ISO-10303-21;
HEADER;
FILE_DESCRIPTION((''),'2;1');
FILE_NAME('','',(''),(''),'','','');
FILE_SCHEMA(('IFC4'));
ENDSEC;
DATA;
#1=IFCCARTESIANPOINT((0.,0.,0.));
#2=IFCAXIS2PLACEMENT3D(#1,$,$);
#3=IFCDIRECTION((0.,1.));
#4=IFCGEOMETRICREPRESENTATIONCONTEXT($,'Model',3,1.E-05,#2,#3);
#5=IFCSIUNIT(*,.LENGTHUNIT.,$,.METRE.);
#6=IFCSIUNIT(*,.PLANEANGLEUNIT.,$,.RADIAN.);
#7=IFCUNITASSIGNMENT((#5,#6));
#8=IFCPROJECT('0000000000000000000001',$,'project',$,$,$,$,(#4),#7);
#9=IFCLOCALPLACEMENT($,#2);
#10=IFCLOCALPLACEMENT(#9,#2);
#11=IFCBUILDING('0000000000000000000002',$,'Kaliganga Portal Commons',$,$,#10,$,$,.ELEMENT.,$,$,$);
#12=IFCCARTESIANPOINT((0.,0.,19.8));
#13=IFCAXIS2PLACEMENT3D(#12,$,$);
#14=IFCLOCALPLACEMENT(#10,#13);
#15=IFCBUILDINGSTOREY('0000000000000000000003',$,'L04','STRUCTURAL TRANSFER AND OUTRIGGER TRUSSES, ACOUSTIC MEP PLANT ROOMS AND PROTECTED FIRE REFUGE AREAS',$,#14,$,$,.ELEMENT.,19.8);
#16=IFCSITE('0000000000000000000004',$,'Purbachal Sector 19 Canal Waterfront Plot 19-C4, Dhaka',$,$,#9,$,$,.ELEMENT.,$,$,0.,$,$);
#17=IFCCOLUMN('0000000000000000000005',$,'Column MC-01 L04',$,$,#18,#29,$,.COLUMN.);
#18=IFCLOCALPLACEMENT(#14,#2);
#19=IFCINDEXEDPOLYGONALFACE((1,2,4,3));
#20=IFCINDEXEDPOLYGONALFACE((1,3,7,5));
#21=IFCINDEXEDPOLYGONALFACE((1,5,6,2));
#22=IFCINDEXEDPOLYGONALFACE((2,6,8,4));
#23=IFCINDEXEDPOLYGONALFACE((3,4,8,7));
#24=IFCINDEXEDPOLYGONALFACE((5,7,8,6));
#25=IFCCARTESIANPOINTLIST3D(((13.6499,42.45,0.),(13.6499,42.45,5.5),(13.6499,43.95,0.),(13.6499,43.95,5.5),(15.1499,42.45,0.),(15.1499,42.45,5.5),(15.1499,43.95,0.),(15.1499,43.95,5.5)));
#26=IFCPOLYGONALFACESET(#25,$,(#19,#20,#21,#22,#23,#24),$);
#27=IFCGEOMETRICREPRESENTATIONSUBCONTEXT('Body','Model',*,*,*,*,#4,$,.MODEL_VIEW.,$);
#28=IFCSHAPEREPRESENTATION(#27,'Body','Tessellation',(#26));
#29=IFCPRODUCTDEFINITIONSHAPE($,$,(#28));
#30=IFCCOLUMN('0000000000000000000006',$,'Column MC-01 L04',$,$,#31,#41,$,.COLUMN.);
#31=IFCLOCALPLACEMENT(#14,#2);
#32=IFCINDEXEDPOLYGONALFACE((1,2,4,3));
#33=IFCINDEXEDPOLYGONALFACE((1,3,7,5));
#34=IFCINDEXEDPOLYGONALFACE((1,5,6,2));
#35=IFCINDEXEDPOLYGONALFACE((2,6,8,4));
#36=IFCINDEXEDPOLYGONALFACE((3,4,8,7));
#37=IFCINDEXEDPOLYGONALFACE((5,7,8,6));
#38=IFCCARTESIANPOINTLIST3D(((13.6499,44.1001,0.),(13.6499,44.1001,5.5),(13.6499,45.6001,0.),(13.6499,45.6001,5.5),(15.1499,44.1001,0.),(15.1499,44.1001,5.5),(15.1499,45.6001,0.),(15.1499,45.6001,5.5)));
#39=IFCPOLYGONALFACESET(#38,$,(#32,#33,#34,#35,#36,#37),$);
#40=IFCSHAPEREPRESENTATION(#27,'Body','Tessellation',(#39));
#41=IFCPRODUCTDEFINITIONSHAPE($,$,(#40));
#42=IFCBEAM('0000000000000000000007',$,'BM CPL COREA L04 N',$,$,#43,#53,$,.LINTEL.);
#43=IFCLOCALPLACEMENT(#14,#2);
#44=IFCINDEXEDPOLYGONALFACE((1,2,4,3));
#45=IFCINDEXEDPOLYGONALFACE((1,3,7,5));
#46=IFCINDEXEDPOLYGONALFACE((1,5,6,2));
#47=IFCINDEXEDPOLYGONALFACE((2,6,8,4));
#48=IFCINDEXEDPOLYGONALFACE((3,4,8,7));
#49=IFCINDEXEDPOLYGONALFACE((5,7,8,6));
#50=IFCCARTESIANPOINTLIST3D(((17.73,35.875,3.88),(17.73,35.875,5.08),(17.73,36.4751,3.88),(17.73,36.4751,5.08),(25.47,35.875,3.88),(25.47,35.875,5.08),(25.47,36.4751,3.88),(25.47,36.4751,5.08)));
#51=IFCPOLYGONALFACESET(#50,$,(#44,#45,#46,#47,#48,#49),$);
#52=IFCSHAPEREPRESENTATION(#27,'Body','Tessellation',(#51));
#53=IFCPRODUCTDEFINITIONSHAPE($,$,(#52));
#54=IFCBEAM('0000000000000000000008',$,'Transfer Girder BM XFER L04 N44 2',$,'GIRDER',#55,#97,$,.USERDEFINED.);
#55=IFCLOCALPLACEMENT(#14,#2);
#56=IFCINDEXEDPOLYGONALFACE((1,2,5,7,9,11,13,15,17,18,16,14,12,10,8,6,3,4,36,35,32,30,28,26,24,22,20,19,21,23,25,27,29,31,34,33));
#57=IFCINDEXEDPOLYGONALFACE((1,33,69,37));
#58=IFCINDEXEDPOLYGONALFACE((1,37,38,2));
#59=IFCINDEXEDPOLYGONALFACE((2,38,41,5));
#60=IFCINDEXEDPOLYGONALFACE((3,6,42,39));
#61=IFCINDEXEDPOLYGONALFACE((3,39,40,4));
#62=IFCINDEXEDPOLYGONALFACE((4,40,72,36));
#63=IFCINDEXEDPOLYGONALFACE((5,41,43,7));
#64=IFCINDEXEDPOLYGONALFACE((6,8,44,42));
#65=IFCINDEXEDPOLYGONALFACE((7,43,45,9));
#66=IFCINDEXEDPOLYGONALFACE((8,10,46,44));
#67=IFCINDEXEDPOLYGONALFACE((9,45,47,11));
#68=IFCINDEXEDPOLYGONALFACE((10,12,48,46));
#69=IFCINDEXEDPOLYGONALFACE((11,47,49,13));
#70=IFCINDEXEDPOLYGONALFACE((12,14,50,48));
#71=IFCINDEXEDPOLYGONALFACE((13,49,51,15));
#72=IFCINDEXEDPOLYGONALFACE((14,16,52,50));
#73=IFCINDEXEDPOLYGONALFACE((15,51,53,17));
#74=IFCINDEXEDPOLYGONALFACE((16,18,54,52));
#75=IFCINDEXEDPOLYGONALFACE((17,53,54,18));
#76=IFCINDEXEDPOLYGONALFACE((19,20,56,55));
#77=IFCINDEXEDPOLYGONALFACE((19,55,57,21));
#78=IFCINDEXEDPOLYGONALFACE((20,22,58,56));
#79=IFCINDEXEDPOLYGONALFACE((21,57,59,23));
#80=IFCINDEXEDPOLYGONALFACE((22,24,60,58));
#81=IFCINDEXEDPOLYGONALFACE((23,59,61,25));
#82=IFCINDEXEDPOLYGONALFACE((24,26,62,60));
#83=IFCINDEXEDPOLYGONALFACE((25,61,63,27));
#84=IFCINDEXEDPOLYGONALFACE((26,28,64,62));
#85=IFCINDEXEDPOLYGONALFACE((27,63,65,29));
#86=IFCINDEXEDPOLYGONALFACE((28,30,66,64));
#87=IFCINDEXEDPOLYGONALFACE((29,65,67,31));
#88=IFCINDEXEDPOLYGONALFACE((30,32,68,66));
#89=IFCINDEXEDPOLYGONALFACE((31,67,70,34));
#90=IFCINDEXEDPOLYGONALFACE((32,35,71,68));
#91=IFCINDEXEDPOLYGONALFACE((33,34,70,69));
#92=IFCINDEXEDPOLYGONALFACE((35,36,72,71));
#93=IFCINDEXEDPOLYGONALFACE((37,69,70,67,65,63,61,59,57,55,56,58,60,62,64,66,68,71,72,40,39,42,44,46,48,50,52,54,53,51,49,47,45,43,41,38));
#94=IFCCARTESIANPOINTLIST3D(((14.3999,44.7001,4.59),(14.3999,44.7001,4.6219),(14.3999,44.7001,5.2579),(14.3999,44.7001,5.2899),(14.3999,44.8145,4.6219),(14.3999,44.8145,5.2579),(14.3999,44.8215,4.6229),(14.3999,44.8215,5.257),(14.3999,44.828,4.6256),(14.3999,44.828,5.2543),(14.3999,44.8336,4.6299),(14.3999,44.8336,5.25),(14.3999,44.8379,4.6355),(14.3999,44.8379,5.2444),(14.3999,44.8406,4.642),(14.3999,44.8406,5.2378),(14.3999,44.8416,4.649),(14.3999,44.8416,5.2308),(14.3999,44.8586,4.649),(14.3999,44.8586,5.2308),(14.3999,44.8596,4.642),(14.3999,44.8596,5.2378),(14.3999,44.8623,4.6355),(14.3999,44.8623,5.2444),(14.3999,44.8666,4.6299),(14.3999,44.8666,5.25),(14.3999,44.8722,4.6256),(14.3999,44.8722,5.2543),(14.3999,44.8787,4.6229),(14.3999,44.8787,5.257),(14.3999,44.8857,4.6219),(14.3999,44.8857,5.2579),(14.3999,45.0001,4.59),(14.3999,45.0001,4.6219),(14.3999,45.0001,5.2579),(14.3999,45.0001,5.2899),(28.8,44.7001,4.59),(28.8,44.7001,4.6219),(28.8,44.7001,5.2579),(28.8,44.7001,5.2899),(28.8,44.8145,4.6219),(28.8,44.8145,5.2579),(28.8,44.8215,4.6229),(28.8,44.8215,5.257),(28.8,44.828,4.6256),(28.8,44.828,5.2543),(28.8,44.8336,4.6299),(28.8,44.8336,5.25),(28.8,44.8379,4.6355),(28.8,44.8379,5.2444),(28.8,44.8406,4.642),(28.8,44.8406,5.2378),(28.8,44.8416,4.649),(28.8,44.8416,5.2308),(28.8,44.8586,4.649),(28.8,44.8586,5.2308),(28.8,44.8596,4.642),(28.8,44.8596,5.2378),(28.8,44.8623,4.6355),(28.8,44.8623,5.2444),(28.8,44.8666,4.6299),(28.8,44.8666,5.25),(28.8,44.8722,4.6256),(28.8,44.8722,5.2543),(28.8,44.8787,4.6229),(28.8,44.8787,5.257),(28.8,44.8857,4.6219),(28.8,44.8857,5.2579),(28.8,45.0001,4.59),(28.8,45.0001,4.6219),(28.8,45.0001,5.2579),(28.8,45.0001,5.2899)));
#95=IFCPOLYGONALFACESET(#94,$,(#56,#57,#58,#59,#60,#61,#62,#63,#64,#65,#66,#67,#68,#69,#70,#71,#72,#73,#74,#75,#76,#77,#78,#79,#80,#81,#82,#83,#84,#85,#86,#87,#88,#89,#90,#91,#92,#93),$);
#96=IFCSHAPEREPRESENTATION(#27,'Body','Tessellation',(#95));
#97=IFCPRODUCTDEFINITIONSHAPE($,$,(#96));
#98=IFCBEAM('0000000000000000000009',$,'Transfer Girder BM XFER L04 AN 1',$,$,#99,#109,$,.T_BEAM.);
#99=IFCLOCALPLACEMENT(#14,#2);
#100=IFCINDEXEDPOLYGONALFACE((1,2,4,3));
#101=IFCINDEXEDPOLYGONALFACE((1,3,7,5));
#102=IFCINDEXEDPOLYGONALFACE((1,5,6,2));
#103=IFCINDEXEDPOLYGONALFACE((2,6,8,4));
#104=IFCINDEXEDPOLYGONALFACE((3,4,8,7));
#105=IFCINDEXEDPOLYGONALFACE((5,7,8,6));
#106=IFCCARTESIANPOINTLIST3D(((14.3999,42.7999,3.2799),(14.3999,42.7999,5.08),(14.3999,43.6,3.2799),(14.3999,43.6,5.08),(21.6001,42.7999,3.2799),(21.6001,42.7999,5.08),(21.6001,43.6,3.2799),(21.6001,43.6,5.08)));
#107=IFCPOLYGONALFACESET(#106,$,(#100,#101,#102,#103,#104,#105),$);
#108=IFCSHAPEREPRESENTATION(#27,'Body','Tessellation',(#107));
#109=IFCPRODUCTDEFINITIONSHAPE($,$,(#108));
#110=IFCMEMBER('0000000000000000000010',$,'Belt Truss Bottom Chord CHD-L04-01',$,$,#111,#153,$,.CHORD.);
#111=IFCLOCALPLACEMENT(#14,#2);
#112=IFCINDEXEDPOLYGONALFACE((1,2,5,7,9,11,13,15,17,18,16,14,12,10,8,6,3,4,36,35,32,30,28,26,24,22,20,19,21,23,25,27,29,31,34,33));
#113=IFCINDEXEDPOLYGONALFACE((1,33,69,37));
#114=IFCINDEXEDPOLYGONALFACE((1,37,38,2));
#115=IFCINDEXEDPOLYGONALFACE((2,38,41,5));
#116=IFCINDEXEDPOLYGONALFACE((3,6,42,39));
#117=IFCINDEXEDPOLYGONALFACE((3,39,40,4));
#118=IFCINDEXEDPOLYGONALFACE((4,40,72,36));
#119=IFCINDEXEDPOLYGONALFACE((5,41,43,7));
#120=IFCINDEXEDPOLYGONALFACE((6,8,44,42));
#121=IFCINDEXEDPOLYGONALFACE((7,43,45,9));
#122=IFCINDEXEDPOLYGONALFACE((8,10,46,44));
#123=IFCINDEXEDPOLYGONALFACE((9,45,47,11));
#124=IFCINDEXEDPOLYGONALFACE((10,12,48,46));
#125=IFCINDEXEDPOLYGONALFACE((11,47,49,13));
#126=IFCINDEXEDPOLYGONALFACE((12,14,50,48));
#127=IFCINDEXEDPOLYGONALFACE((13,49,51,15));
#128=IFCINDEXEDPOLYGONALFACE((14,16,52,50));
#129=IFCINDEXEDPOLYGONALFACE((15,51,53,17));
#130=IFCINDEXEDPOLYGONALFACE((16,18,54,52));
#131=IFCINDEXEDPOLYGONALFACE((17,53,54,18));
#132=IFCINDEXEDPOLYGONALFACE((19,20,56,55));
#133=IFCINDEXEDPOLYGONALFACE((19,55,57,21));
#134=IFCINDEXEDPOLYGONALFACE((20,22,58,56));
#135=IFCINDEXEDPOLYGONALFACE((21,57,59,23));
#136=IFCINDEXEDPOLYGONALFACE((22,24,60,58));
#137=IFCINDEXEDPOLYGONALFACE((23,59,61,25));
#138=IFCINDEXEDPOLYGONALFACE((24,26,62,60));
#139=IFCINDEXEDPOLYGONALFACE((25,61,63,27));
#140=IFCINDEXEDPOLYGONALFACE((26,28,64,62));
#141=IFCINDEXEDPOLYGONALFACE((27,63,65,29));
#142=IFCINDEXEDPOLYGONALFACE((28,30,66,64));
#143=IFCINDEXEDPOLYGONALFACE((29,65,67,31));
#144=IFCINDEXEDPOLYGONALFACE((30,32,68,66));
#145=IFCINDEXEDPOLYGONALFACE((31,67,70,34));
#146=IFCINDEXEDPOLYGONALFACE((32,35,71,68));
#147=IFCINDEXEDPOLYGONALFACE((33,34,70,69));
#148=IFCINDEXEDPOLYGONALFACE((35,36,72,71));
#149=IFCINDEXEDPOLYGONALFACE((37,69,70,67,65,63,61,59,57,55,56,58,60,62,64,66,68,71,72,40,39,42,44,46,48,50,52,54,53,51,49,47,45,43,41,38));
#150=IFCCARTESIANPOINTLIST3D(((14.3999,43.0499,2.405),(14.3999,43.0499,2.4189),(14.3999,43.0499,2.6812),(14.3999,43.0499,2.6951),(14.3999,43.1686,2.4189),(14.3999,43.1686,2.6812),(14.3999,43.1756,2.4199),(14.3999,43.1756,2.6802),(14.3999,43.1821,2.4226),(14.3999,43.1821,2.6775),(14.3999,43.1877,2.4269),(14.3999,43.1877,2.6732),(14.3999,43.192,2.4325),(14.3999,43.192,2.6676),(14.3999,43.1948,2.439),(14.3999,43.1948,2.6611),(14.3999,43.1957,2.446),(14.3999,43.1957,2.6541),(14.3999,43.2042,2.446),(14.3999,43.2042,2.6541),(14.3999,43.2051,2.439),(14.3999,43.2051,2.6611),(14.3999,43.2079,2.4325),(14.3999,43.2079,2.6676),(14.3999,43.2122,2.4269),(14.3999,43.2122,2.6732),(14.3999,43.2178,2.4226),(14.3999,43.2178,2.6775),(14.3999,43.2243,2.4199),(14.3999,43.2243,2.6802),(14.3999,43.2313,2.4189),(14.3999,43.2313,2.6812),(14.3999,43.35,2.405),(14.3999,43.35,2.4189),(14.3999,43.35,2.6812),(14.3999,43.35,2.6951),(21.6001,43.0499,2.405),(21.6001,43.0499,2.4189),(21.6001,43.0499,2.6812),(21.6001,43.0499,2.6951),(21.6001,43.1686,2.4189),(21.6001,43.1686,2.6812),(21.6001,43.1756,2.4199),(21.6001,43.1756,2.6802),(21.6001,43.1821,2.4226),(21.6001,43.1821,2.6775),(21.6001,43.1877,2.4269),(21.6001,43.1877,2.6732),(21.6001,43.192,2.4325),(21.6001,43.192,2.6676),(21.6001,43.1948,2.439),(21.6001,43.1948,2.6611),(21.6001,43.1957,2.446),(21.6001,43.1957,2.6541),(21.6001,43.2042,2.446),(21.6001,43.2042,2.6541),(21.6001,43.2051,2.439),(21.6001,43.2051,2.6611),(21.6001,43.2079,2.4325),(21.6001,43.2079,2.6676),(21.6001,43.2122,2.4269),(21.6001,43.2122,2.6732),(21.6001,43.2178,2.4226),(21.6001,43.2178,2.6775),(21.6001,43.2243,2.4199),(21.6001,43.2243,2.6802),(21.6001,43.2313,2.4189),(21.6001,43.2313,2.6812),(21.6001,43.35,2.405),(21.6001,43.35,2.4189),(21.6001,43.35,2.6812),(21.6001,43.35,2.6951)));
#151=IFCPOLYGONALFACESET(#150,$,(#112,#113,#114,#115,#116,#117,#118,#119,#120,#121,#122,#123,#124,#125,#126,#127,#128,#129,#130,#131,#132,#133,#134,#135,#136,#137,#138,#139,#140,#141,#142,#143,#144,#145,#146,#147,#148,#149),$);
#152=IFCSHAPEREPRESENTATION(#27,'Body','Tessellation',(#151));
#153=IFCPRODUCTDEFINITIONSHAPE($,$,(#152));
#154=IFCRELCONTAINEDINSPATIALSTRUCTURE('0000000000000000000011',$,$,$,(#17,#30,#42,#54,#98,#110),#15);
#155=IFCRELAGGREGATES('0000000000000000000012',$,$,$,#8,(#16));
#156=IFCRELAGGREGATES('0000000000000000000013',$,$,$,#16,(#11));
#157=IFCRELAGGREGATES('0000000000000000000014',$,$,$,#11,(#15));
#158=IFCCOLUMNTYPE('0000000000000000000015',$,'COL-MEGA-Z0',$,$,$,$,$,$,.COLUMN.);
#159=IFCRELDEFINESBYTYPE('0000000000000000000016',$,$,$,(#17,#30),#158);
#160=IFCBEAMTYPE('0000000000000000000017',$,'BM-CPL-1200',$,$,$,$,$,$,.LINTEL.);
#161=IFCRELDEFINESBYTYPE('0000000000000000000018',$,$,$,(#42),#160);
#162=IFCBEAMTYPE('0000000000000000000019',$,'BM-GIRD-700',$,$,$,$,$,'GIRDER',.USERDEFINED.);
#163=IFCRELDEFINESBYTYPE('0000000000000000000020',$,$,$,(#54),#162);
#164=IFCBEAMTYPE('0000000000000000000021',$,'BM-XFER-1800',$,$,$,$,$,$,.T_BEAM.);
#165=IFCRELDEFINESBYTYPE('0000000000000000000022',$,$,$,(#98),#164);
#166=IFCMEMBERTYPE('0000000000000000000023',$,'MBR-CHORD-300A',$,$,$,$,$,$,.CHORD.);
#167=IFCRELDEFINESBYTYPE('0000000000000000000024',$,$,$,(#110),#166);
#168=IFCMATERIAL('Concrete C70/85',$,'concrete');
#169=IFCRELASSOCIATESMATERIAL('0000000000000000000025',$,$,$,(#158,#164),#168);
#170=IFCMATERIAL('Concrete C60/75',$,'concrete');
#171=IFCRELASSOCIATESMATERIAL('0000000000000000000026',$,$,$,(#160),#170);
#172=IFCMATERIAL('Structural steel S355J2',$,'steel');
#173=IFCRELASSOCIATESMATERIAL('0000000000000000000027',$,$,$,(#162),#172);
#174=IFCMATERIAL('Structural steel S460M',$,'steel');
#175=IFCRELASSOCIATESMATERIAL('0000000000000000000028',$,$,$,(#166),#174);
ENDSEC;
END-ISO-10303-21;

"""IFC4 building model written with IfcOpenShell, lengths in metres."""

from ifc_helpers import new_model, si_unit, direction, frame, origin, origin_2d, place, context, subcontext, project, spatial, rectangle, i_section, extrude, source, transform, mapped, material, material_profile, profile_set, type_object, element, save


model = new_model("IFC4")

# Units and contexts
model_context = context("Model", 3, precision=1e-05, world=origin(), true_north=direction((0.0, 1.0)))
body_context = subcontext(model_context, "Body", "Model", "MODEL_VIEW")
ifc_project = project(units=[si_unit("LENGTHUNIT", "METRE"), si_unit("PLANEANGLEUNIT", "RADIAN")], contexts=[model_context])

# Site, building, storey
site_placement = place(None, origin())
site = spatial("IfcSite", under=ifc_project, at=site_placement, Name="Purbachal Sector 19 Canal Waterfront Plot 19-C4, Dhaka", CompositionType="ELEMENT", RefElevation=0.0)
building_placement = place(site_placement, origin())
building = spatial("IfcBuilding", under=site, at=building_placement, Name="Kaliganga Portal Commons", CompositionType="ELEMENT")
storey_placement = place(building_placement, frame((0.0, 0.0, 19.8)))
storey = spatial("IfcBuildingStorey", under=building, at=storey_placement, Name="L04", Description="STRUCTURAL TRANSFER AND OUTRIGGER TRUSSES, ACOUSTIC MEP PLANT ROOMS AND PROTECTED FIRE REFUGE AREAS", CompositionType="ELEMENT", Elevation=19.8)

# Columns
ifc_material_1 = material(Name="Concrete C70/85", Category="concrete")
ifc_material_profile_1 = material_profile(ifc_material_1, rectangle(XDim=1.5, YDim=1.5, at=origin_2d()), Name="RC 1500x1500")
ifc_profile_set_1 = profile_set([ifc_material_profile_1], Name="Concrete C70/85")
column_type = type_object("IfcColumnType", Name="COL-MEGA-Z0", PredefinedType="COLUMN", material=ifc_profile_set_1)
shared_shape_1 = source(origin(), body_context, "Body", "SweptSolid", [
    extrude(rectangle(XDim=1.5, YDim=1.5, at=origin_2d()), origin(), (0.0, 0.0, 1.0), 5.5),
])
for number, where, z_axis, x_axis, name in (
    (1, (14.3999, 43.2, 0.0), (0.0, 0.0, 1.0), (1.0, 0.0, 0.0), "Column MC-01 L04"),
    (2, (14.3999, 44.8501, 0.0), (0.0, 0.0, 1.0), (1.0, 0.0, 0.0), "Column MC-01 L04"),
):
    element("IfcColumn", number, at=place(storey_placement, frame(where, z_axis=z_axis, x_axis=x_axis)), inside=storey, type_object=column_type, Name=name, PredefinedType="COLUMN", context=body_context, shape_type="MappedRepresentation", body=[
        mapped(shared_shape_1, transform((0.0, 0.0, 0.0), x_axis=(1.0, 0.0, 0.0), y_axis=(0.0, 1.0, 0.0), z_axis=(0.0, 0.0, 1.0), scale=1.0)),
    ])

# Beams
ifc_material_2 = material(Name="Concrete C60/75", Category="concrete")
ifc_material_profile_2 = material_profile(ifc_material_2, rectangle(XDim=0.6001, YDim=1.2, at=origin_2d()), Name="RC 600x1200")
ifc_profile_set_2 = profile_set([ifc_material_profile_2], Name="Concrete C60/75")
beam_type_1 = type_object("IfcBeamType", Name="BM-CPL-1200", PredefinedType="LINTEL", material=ifc_profile_set_2)
shared_shape_2 = source(origin(), body_context, "Body", "SweptSolid", [
    extrude(rectangle(XDim=0.6001, YDim=1.2, at=origin_2d()), origin(), (0.0, 0.0, 1.0), 7.74),
])
beam_1_placement = place(storey_placement, frame((17.73, 36.175, 4.48), z_axis=(1.0, 0.0, 0.0), x_axis=(0.0, 1.0, 0.0)))
element("IfcBeam", 3, at=beam_1_placement, inside=storey, type_object=beam_type_1, Name="BM CPL COREA L04 N", PredefinedType="LINTEL", context=body_context, shape_type="MappedRepresentation", body=[
    mapped(shared_shape_2, transform((0.0, 0.0, 0.0), x_axis=(1.0, 0.0, 0.0), y_axis=(0.0, 1.0, 0.0), z_axis=(0.0, 0.0, 1.0), scale=1.0)),
])
ifc_material_3 = material(Name="Structural steel S355J2", Category="steel")
ifc_material_profile_3 = material_profile(ifc_material_3, i_section(OverallWidth=0.3, OverallDepth=0.7, WebThickness=0.0171, FlangeThickness=0.032, FilletRadius=0.0271, at=origin_2d()), Name="HE 700 B")
ifc_profile_set_3 = profile_set([ifc_material_profile_3], Name="Structural steel S355J2 wide-flange")
beam_type_2 = type_object("IfcBeamType", Name="BM-GIRD-700", ElementType="GIRDER", PredefinedType="USERDEFINED", material=ifc_profile_set_3)
shared_shape_3 = source(origin(), body_context, "Body", "SweptSolid", [
    extrude(i_section(OverallWidth=0.3, OverallDepth=0.7, WebThickness=0.0171, FlangeThickness=0.032, FilletRadius=0.0271, at=origin_2d()), origin(), (0.0, 0.0, 1.0), 14.4001),
])
beam_2_placement = place(storey_placement, frame((14.3999, 44.8501, 4.9399), z_axis=(1.0, 0.0, 0.0), x_axis=(0.0, 1.0, 0.0)))
element("IfcBeam", 4, at=beam_2_placement, inside=storey, type_object=beam_type_2, Name="Transfer Girder BM XFER L04 N44 2", ObjectType="GIRDER", PredefinedType="USERDEFINED", context=body_context, shape_type="MappedRepresentation", body=[
    mapped(shared_shape_3, transform((0.0, 0.0, 0.0), x_axis=(1.0, 0.0, 0.0), y_axis=(0.0, 1.0, 0.0), z_axis=(0.0, 0.0, 1.0), scale=1.0)),
])
ifc_material_profile_4 = material_profile(ifc_material_1, rectangle(XDim=0.8, YDim=1.8, at=origin_2d()), Name="RC 800x1800")
ifc_profile_set_4 = profile_set([ifc_material_profile_4], Name="Concrete C70/85")
beam_type_3 = type_object("IfcBeamType", Name="BM-XFER-1800", PredefinedType="T_BEAM", material=ifc_profile_set_4)
shared_shape_4 = source(origin(), body_context, "Body", "SweptSolid", [
    extrude(rectangle(XDim=0.8, YDim=1.8, at=origin_2d()), origin(), (0.0, 0.0, 1.0), 7.2002),
])
beam_3_placement = place(storey_placement, frame((14.3999, 43.2, 4.1799), z_axis=(1.0, 0.0, 0.0), x_axis=(0.0, 1.0, 0.0)))
element("IfcBeam", 5, at=beam_3_placement, inside=storey, type_object=beam_type_3, Name="Transfer Girder BM XFER L04 AN 1", PredefinedType="T_BEAM", context=body_context, shape_type="MappedRepresentation", body=[
    mapped(shared_shape_4, transform((0.0, 0.0, 0.0), x_axis=(1.0, 0.0, 0.0), y_axis=(0.0, 1.0, 0.0), z_axis=(0.0, 0.0, 1.0), scale=1.0)),
])

# Member
ifc_material_4 = material(Name="Structural steel S460M", Category="steel")
ifc_material_profile_5 = material_profile(ifc_material_4, i_section(OverallWidth=0.3, OverallDepth=0.29, WebThickness=0.0085, FlangeThickness=0.0139, FilletRadius=0.0271, at=origin_2d()), Name="HE 300 A")
ifc_profile_set_5 = profile_set([ifc_material_profile_5], Name="Structural steel S460M wide-flange")
member_type_1 = type_object("IfcMemberType", Name="MBR-CHORD-300A", PredefinedType="CHORD", material=ifc_profile_set_5)
shared_shape_5 = source(origin(), body_context, "Body", "SweptSolid", [
    extrude(i_section(OverallWidth=0.3, OverallDepth=0.29, WebThickness=0.0085, FlangeThickness=0.0139, FilletRadius=0.0271, at=origin_2d()), origin(), (0.0, 0.0, 1.0), 7.2002),
])
member_1_placement = place(storey_placement, frame((14.3999, 43.2, 2.55), z_axis=(1.0, 0.0, 0.0), x_axis=(0.0, 1.0, 0.0)))
element("IfcMember", 6, at=member_1_placement, inside=storey, type_object=member_type_1, Name="Belt Truss Bottom Chord CHD-L04-01", PredefinedType="CHORD", context=body_context, shape_type="MappedRepresentation", body=[
    mapped(shared_shape_5, transform((0.0, 0.0, 0.0), x_axis=(1.0, 0.0, 0.0), y_axis=(0.0, 1.0, 0.0), z_axis=(0.0, 0.0, 1.0), scale=1.0)),
])

save(model, "model.ifc")
